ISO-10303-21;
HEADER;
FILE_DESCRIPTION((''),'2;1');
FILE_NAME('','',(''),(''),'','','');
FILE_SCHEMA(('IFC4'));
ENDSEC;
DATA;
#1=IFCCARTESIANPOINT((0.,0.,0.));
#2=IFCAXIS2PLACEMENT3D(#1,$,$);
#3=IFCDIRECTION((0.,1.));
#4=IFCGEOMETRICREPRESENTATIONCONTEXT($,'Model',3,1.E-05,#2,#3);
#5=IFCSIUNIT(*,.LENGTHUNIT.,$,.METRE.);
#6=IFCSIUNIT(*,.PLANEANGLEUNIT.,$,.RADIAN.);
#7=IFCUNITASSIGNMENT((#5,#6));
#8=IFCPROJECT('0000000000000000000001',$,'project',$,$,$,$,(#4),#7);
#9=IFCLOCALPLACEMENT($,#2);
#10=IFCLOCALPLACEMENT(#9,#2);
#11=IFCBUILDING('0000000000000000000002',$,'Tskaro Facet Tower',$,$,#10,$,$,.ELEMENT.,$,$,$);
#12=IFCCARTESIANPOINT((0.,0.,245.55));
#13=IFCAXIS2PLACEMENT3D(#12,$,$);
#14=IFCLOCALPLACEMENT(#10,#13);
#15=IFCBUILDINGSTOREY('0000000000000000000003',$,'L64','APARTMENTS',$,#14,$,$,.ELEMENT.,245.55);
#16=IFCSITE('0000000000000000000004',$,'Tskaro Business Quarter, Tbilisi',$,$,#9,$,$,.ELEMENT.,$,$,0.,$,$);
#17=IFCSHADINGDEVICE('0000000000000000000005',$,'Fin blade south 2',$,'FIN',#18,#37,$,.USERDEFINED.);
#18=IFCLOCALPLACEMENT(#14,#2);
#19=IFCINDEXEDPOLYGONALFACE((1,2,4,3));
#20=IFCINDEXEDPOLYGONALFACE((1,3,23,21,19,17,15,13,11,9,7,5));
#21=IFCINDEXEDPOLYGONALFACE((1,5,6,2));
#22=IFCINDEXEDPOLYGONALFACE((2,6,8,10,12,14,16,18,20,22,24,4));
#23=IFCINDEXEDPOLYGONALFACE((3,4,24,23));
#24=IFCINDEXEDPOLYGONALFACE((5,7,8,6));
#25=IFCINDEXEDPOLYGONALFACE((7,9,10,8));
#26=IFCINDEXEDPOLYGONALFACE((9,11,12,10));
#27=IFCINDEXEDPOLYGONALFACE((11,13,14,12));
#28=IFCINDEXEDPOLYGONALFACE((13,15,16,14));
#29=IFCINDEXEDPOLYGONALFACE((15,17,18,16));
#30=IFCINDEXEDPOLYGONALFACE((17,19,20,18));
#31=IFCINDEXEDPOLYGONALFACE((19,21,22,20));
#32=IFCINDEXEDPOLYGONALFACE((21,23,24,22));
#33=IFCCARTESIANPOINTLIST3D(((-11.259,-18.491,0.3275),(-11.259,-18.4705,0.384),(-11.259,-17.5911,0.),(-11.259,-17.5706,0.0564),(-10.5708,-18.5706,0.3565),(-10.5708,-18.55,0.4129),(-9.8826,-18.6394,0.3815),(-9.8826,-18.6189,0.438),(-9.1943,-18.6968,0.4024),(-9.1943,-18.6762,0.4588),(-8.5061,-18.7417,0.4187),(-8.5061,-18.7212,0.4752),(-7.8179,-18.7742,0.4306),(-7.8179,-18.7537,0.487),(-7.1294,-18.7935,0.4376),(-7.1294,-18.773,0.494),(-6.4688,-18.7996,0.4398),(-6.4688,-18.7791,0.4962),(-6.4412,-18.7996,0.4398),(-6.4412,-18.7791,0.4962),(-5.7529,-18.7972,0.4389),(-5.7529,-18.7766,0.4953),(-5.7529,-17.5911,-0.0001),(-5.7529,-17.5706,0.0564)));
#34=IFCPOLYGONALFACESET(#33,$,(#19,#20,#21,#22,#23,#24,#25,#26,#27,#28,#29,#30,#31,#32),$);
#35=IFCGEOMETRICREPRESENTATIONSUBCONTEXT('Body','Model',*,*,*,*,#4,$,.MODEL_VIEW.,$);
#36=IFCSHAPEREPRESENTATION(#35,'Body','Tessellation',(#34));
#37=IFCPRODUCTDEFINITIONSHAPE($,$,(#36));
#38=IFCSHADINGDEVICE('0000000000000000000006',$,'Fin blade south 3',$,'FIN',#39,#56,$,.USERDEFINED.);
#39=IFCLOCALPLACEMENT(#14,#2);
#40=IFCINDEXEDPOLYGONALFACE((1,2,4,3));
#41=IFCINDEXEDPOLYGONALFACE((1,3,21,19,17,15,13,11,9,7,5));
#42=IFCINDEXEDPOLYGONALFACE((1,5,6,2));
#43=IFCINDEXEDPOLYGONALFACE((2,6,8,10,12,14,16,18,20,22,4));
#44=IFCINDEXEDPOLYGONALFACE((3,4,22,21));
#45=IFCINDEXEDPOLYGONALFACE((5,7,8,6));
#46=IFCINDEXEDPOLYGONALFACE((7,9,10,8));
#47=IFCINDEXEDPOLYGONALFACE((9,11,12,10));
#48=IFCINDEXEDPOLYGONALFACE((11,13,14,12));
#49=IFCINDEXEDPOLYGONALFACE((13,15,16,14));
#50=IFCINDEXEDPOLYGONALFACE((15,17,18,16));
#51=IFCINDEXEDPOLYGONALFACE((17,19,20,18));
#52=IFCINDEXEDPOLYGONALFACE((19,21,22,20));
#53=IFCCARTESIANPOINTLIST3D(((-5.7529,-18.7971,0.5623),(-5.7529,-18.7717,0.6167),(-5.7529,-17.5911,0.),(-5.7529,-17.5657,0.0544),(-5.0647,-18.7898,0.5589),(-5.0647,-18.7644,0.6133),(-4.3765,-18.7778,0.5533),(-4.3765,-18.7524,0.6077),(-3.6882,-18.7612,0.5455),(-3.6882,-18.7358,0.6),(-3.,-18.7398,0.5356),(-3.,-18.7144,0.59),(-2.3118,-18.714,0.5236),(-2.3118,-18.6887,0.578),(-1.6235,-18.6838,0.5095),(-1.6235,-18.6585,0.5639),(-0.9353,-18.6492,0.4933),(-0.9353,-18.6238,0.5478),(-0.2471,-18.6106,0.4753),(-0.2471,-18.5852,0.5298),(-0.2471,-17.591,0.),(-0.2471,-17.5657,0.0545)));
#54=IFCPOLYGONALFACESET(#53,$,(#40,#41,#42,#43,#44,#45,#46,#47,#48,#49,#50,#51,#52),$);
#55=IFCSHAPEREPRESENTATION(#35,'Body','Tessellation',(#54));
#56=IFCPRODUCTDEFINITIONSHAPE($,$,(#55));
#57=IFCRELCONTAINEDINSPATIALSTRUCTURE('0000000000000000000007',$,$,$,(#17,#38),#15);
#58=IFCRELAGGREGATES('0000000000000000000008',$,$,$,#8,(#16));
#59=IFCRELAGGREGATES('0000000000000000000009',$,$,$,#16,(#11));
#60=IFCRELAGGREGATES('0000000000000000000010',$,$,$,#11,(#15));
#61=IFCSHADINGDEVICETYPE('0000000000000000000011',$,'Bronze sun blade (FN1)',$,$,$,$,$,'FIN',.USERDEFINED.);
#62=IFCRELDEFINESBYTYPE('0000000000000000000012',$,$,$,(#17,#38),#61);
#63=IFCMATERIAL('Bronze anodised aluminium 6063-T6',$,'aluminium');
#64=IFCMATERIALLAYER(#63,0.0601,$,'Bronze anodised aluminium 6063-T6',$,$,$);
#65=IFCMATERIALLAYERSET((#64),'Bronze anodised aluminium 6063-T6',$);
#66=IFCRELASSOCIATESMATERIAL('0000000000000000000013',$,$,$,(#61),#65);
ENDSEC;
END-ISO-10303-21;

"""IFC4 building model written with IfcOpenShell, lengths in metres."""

from ifc_helpers import new_model, si_unit, direction, frame, origin, place, context, subcontext, project, spatial, polyline, outline, extrude, material, layer, layer_set, type_object, element, save


model = new_model("IFC4")

# Units and contexts
model_context = context("Model", 3, precision=1e-05, world=origin(), true_north=direction((0.0, 1.0)))
body_context = subcontext(model_context, "Body", "Model", "MODEL_VIEW")
ifc_project = project(units=[si_unit("LENGTHUNIT", "METRE"), si_unit("PLANEANGLEUNIT", "RADIAN")], contexts=[model_context])

# Site, building, storey
site_placement = place(None, origin())
site = spatial("IfcSite", under=ifc_project, at=site_placement, Name="Tskaro Business Quarter, Tbilisi", CompositionType="ELEMENT", RefElevation=0.0)
building_placement = place(site_placement, origin())
building = spatial("IfcBuilding", under=site, at=building_placement, Name="Tskaro Facet Tower", CompositionType="ELEMENT")
storey_placement = place(building_placement, frame((0.0, 0.0, 245.55)))
storey = spatial("IfcBuildingStorey", under=building, at=storey_placement, Name="L64", Description="APARTMENTS", CompositionType="ELEMENT", Elevation=245.55)

# Shared definitions
ifc_material_1 = material(Name="Bronze anodised aluminium 6063-T6", Category="aluminium")

# Shading devices
ifc_layer_1 = layer(ifc_material_1, 0.0601, Name="Bronze anodised aluminium 6063-T6")
ifc_layer_set_1 = layer_set([ifc_layer_1], Name="Bronze anodised aluminium 6063-T6")
shading_device_type = type_object("IfcShadingDeviceType", Name="Bronze sun blade (FN1)", ElementType="FIN", PredefinedType="USERDEFINED", material=ifc_layer_set_1)
shading_device_1_placement = place(storey_placement, frame((-11.259, -17.5706, 0.0564), z_axis=(0.000006, 0.342026, 0.939691), x_axis=(1.0, -0.000002, -0.000006)))
element("IfcShadingDevice", 1, at=shading_device_1_placement, inside=storey, type_object=shading_device_type, Name="Fin blade south 2", ObjectType="FIN", PredefinedType="USERDEFINED", context=body_context, shape_type="SweptSolid", body=[
    extrude(outline(polyline([(0.0, 0.0), (5.5061, 0.0), (5.5061, -1.2835), (4.8179, -1.2861), (4.7903, -1.2861), (4.1296, -1.2796), (3.4412, -1.2591), (2.7529, -1.2244), (2.0647, -1.1766), (1.3765, -1.1156), (0.6882, -1.0423), (0.0, -0.9577), (0.0, 0.0)])), origin(), (0.0, 0.0, -1.0), 0.0601),
])
shading_device_2_placement = place(storey_placement, frame((-5.7529, -17.5657, 0.0544), z_axis=(-0.000004, 0.42254, 0.906344), x_axis=(1.0, 0.000002, 0.000003)))
element("IfcShadingDevice", 2, at=shading_device_2_placement, inside=storey, type_object=shading_device_type, Name="Fin blade south 3", ObjectType="FIN", PredefinedType="USERDEFINED", context=body_context, shape_type="SweptSolid", body=[
    extrude(outline(polyline([(0.0, 0.0), (5.5059, 0.0), (5.5059, -1.1249), (4.8176, -1.1675), (4.1294, -1.2057), (3.4412, -1.239), (2.7529, -1.2674), (2.0647, -1.291), (1.3765, -1.3094), (0.6882, -1.3226), (0.0, -1.3307), (0.0, 0.0)])), origin(), (0.0, 0.0, -1.0), 0.0601),
])

save(model, "model.ifc")
